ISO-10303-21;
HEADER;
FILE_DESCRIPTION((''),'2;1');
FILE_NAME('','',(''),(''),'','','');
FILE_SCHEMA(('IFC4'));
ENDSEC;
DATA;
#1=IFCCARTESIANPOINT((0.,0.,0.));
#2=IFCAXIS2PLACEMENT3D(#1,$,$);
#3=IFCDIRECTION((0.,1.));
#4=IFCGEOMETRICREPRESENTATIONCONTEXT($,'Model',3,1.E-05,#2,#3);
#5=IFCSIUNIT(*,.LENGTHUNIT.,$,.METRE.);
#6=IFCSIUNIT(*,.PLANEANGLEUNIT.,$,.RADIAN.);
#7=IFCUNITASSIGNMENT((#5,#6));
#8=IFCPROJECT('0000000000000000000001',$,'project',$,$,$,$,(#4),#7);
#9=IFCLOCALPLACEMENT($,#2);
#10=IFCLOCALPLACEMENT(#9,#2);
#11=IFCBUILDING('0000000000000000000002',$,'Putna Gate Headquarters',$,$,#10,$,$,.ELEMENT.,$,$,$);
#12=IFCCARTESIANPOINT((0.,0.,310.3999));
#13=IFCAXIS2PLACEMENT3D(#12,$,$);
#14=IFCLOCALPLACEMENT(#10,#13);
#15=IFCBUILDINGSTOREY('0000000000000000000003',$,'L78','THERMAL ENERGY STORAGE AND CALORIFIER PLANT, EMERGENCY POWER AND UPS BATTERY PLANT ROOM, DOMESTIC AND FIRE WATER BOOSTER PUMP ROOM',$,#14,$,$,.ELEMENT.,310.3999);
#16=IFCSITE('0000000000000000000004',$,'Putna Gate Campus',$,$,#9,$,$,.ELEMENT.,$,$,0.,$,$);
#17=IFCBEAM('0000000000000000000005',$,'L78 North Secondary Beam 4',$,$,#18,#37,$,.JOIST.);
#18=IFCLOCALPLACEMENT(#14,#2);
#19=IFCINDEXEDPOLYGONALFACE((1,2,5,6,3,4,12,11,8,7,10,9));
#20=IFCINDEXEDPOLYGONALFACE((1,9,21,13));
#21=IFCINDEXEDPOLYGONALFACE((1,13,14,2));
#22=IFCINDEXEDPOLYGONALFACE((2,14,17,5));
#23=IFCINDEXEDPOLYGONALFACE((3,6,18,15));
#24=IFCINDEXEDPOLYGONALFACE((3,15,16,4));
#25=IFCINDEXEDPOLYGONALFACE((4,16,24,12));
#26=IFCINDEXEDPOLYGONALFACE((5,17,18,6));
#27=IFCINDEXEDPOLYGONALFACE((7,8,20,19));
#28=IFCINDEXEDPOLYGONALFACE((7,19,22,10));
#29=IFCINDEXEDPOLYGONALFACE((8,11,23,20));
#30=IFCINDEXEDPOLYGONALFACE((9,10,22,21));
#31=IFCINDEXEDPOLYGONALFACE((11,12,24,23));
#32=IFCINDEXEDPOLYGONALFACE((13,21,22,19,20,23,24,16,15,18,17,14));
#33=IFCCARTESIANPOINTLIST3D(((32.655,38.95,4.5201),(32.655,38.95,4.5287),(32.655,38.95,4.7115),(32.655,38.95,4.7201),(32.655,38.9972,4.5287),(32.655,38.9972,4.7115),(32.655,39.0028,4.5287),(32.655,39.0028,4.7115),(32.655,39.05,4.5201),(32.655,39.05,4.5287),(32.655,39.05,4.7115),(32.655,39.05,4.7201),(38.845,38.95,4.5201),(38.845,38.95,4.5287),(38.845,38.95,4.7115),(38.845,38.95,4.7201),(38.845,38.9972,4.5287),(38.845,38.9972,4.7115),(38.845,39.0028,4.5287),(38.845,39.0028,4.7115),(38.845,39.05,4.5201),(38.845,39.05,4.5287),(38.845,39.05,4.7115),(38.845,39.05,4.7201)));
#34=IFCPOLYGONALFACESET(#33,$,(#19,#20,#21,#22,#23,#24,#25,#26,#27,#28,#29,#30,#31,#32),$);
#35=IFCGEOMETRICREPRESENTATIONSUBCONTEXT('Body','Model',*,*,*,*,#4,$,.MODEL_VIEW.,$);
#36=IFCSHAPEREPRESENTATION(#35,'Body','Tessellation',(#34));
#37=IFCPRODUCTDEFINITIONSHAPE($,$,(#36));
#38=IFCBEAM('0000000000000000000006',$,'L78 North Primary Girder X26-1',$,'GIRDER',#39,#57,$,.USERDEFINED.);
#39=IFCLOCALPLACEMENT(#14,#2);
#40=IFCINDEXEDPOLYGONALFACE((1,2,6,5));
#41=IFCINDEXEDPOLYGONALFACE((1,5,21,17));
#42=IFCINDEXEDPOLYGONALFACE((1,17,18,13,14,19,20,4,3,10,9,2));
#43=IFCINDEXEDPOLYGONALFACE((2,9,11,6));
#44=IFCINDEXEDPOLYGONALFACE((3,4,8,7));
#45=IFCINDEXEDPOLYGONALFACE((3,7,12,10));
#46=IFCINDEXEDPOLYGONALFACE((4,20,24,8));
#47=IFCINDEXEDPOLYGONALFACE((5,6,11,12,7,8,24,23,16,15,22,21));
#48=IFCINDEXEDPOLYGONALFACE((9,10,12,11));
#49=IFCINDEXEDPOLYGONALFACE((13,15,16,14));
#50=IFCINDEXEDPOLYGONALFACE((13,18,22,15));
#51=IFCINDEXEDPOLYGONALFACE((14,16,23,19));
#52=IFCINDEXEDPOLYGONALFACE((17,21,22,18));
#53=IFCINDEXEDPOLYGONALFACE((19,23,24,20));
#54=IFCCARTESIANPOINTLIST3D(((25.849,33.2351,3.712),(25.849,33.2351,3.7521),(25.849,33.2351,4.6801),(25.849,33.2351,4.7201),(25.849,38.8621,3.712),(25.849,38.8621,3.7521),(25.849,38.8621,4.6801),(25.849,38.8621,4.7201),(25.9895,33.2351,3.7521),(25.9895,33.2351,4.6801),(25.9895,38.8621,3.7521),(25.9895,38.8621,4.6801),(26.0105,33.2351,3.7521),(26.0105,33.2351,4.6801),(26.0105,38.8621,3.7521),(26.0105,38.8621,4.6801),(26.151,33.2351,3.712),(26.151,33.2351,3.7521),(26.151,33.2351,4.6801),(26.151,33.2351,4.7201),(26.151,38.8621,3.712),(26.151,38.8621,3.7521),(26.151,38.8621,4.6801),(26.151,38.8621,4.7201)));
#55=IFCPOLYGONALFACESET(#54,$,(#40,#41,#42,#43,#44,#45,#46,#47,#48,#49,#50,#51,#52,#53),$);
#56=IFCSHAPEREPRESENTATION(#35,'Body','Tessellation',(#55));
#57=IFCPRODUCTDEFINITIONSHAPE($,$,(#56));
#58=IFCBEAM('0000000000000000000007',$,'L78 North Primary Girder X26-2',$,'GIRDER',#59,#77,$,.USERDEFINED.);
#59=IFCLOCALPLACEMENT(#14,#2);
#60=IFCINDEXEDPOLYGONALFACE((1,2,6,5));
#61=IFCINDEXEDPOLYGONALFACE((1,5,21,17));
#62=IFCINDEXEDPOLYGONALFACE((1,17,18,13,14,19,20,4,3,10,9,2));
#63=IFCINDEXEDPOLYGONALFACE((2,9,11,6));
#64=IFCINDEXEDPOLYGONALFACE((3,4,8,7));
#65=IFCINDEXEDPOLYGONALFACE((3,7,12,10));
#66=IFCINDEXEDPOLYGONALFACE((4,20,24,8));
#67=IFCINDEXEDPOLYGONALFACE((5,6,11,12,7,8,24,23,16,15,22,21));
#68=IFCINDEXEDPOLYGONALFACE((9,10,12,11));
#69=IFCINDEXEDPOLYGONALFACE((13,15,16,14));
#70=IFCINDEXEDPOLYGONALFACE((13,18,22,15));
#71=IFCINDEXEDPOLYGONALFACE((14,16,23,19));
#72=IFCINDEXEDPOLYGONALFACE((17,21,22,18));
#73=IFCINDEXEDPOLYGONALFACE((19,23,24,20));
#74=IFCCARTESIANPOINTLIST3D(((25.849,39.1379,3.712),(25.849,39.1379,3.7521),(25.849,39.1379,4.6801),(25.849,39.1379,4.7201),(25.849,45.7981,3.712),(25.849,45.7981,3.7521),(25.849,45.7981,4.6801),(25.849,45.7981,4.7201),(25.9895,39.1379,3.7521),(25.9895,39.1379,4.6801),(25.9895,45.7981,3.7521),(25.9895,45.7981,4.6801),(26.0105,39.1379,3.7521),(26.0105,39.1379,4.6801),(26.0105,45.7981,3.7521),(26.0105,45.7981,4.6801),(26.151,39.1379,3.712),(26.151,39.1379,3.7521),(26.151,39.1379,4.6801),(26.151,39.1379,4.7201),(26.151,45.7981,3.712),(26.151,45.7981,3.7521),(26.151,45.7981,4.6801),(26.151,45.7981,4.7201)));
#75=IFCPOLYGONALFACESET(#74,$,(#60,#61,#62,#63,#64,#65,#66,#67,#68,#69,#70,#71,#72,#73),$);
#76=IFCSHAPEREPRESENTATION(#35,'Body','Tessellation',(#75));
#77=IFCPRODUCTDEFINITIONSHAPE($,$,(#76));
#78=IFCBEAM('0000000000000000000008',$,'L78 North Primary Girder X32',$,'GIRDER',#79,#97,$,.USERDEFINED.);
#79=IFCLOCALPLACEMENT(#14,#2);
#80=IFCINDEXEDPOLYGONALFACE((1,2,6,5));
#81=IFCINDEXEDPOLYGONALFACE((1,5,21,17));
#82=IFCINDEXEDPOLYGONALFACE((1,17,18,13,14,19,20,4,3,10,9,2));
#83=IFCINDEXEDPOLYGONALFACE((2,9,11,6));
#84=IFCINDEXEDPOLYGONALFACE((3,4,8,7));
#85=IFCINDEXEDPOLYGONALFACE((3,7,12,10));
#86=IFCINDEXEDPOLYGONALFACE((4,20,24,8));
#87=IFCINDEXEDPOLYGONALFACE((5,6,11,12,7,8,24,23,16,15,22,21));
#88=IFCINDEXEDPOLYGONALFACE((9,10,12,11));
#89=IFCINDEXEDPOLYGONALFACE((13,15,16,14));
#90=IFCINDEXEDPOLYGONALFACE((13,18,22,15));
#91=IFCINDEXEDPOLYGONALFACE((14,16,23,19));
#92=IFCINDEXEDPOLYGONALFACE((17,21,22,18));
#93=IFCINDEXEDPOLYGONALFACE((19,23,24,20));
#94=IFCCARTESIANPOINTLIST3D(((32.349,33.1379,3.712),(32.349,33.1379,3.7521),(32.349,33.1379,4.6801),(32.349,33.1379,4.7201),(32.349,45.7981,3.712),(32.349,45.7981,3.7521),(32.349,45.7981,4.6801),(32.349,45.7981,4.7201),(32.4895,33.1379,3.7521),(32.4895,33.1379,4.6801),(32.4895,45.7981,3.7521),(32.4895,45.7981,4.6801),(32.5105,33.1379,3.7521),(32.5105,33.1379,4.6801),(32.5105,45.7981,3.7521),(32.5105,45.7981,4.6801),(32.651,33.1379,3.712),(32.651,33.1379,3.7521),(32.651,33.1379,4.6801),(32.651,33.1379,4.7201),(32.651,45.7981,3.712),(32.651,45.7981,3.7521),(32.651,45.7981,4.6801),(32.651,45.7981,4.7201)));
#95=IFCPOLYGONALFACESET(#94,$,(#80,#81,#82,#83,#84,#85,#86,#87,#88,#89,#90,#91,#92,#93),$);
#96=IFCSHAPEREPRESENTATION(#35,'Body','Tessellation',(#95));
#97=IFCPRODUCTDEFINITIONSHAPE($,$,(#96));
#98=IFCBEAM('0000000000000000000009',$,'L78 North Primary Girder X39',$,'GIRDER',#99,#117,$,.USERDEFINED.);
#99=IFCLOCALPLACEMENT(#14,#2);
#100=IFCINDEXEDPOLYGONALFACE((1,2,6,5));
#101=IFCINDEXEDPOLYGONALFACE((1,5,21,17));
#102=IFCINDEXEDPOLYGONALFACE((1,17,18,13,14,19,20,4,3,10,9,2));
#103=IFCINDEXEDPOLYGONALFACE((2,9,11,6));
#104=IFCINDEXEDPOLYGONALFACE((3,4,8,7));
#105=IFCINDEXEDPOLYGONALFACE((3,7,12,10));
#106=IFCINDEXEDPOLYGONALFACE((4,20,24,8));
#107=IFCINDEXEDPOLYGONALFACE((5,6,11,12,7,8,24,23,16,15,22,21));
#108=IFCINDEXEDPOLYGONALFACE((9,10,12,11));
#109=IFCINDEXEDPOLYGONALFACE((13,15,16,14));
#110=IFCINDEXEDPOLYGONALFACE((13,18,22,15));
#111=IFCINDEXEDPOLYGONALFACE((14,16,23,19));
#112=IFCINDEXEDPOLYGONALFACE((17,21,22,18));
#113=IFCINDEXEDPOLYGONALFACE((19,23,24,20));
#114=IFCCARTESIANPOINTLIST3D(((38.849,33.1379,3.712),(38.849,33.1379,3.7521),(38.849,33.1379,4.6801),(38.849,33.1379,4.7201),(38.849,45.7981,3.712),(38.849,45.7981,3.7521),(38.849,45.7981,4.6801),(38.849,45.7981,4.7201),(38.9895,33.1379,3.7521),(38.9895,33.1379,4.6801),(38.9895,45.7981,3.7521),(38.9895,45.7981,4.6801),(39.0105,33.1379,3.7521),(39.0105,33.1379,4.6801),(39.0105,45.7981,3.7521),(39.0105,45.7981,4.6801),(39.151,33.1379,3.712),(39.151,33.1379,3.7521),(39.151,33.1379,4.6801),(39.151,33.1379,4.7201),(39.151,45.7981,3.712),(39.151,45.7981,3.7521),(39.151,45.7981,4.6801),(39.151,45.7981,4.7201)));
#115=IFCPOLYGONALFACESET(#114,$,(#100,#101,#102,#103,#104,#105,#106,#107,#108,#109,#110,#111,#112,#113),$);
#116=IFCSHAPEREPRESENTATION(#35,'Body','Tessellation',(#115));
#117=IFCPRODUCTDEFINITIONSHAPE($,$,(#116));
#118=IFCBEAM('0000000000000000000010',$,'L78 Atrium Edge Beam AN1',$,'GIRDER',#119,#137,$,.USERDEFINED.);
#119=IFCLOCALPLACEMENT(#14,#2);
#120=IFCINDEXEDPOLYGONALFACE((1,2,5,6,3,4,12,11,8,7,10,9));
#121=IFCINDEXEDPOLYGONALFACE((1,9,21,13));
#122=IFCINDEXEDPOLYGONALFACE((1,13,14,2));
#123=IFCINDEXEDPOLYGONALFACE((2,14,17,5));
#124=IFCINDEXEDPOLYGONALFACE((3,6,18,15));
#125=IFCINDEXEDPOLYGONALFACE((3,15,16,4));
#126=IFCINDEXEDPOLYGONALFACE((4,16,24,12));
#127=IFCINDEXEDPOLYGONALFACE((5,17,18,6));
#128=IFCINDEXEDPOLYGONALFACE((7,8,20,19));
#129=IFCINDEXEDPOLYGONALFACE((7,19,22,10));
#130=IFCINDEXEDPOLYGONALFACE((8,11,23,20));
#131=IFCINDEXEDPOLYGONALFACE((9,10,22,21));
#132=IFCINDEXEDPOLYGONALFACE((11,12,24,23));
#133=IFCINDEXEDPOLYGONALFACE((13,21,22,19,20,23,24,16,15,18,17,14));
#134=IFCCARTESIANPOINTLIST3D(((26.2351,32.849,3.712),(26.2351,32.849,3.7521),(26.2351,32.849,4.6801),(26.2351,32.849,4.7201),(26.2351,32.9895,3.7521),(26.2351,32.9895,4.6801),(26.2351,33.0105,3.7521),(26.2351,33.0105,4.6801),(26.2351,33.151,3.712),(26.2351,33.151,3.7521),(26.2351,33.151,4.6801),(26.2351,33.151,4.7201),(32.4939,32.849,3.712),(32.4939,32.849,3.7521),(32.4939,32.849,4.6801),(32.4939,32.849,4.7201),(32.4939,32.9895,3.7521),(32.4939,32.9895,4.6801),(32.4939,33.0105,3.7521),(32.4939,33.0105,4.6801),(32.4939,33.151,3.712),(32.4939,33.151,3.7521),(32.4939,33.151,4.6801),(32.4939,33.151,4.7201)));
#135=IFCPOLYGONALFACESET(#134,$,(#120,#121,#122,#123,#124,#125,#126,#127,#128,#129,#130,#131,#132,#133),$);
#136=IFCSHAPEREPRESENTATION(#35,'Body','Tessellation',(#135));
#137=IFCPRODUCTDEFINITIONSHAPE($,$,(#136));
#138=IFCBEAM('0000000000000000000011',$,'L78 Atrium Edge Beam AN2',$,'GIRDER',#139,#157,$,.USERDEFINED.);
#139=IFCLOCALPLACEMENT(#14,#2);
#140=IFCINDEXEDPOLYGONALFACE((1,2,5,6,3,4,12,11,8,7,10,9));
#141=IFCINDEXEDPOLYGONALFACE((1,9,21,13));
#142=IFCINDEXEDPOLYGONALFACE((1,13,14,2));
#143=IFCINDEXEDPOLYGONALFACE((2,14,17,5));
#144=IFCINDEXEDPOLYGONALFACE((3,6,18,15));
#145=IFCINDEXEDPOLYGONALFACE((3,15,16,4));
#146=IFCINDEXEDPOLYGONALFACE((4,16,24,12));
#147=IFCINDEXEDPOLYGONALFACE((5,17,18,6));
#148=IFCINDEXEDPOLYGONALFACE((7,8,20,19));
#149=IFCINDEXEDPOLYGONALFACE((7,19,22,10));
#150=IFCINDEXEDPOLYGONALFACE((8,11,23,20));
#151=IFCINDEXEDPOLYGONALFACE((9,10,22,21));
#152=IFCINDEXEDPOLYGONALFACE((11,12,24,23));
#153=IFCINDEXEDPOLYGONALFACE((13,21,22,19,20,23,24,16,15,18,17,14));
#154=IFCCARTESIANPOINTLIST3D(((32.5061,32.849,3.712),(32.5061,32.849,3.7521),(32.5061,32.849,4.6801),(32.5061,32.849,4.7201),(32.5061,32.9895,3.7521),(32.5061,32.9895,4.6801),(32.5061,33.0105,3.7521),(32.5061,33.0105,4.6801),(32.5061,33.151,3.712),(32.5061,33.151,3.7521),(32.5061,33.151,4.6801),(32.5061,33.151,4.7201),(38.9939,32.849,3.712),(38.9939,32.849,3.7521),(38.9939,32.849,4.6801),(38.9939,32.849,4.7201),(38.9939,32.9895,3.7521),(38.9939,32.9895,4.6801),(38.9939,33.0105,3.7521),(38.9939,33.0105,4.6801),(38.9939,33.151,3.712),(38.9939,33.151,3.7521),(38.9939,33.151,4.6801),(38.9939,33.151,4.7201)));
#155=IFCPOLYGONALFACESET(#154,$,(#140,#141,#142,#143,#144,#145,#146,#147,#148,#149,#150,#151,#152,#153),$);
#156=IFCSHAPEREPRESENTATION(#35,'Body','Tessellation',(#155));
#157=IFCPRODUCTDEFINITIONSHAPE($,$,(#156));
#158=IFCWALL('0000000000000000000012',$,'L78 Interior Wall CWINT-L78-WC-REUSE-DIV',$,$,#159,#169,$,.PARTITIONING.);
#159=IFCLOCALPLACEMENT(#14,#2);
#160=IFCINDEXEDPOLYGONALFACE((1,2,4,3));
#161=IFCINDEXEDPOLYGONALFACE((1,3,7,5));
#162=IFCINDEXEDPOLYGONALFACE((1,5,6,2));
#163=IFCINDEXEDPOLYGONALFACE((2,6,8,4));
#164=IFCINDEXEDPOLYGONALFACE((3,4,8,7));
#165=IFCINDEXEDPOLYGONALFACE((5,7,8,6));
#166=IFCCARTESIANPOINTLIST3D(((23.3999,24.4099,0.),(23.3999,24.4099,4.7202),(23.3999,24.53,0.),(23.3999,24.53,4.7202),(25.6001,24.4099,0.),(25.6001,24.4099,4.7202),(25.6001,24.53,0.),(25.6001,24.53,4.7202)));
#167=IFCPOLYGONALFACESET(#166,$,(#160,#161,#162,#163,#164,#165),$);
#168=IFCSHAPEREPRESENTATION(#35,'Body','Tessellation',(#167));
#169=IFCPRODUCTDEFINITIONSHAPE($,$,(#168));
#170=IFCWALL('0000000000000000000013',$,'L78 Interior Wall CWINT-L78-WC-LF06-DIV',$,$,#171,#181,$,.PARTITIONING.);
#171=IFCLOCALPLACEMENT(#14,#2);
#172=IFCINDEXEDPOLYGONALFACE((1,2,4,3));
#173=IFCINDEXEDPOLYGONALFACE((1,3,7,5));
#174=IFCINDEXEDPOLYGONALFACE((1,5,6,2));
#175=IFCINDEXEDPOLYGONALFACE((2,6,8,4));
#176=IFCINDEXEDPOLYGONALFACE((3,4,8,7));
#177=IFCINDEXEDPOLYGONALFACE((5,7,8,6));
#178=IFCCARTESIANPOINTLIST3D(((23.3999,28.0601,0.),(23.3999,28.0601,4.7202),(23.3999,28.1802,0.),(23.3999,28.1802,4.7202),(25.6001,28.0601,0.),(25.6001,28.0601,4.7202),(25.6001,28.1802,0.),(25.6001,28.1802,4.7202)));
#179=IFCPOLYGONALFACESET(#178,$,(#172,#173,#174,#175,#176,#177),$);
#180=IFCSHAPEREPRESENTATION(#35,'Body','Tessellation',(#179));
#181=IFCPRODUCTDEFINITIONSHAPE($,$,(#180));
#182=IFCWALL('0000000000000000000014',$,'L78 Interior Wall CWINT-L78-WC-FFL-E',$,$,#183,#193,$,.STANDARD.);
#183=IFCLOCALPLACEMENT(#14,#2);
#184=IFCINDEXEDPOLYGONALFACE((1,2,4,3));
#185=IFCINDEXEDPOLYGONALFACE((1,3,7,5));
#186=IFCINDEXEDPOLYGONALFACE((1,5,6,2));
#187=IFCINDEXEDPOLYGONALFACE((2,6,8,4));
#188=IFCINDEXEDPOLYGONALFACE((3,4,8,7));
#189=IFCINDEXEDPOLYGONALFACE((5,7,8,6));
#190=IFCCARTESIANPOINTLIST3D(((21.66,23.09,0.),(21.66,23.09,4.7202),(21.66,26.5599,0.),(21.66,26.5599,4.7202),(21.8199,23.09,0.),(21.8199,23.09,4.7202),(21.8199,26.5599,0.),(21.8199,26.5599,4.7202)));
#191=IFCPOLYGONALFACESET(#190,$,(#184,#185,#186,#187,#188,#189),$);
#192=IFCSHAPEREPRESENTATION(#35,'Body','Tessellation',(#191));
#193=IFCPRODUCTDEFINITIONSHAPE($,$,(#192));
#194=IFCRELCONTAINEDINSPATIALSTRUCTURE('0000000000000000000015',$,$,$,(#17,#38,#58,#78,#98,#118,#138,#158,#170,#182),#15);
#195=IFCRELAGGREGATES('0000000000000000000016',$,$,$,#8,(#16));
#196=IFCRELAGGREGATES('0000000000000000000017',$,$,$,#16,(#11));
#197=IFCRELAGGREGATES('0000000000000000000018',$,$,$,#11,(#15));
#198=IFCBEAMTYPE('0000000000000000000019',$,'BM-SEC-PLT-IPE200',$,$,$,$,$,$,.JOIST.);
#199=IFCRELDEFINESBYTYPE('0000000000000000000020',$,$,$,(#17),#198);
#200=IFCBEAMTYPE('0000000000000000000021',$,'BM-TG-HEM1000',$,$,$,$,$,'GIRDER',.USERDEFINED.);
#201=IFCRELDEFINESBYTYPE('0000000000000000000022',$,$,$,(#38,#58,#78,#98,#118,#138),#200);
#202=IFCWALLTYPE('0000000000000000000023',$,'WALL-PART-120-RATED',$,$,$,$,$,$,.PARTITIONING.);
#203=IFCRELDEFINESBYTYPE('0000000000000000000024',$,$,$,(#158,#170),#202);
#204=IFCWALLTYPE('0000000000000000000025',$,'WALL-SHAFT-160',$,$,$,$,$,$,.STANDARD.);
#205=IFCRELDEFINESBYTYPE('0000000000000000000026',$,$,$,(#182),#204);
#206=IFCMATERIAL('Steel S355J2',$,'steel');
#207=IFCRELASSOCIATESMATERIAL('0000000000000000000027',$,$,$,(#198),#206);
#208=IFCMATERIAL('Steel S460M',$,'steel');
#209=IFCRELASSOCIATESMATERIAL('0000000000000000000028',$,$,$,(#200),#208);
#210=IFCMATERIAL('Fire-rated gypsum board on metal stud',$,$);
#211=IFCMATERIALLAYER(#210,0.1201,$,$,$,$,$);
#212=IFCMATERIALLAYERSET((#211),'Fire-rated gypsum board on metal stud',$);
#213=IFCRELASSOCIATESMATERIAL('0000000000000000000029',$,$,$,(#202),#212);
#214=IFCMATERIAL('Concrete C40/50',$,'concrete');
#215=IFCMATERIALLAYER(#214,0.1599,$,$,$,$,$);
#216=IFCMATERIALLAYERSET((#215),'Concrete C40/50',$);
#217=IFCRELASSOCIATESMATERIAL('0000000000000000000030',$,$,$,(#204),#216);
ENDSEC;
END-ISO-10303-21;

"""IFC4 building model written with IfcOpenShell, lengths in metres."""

from ifc_helpers import new_model, si_unit, direction, frame, frame_2d, origin, origin_2d, place, context, subcontext, project, spatial, rectangle, i_section, extrude, material, layer, layer_set, material_profile, profile_set, type_object, element, save


model = new_model("IFC4")

# Units and contexts
model_context = context("Model", 3, precision=1e-05, world=origin(), true_north=direction((0.0, 1.0)))
body_context = subcontext(model_context, "Body", "Model", "MODEL_VIEW")
ifc_project = project(units=[si_unit("LENGTHUNIT", "METRE"), si_unit("PLANEANGLEUNIT", "RADIAN")], contexts=[model_context])

# Site, building, storey
site_placement = place(None, origin())
site = spatial("IfcSite", under=ifc_project, at=site_placement, Name="Putna Gate Campus", CompositionType="ELEMENT", RefElevation=0.0)
building_placement = place(site_placement, origin())
building = spatial("IfcBuilding", under=site, at=building_placement, Name="Putna Gate Headquarters", CompositionType="ELEMENT")
storey_placement = place(building_placement, frame((0.0, 0.0, 310.3999)))
storey = spatial("IfcBuildingStorey", under=building, at=storey_placement, Name="L78", Description="THERMAL ENERGY STORAGE AND CALORIFIER PLANT, EMERGENCY POWER AND UPS BATTERY PLANT ROOM, DOMESTIC AND FIRE WATER BOOSTER PUMP ROOM", CompositionType="ELEMENT", Elevation=310.3999)

# Shared definitions
ifc_material_1 = material(Name="Steel S460M", Category="steel")

# Beams
ifc_material_2 = material(Name="Steel S355J2", Category="steel")
ifc_material_profile_1 = material_profile(ifc_material_2, i_section(OverallWidth=0.1001, OverallDepth=0.2, WebThickness=0.0056, FlangeThickness=0.0085, at=origin_2d()), Name="Steel S355J2")
ifc_profile_set_1 = profile_set([ifc_material_profile_1], Name="Steel S355J2")
beam_type_1 = type_object("IfcBeamType", Name="BM-SEC-PLT-IPE200", PredefinedType="JOIST", material=ifc_profile_set_1)
for number, where, z_axis, x_axis, name in (
    (1, (32.655, 39.0, 4.6201), (1.0, 0.0, 0.0), (0.0, 1.0, 0.0), "L78 North Secondary Beam 4"),
):
    element("IfcBeam", number, at=place(storey_placement, frame(where, z_axis=z_axis, x_axis=x_axis)), inside=storey, type_object=beam_type_1, Name=name, PredefinedType="JOIST", context=body_context, shape_type="SweptSolid", body=[
        extrude(i_section(OverallWidth=0.1001, OverallDepth=0.2, WebThickness=0.0056, FlangeThickness=0.0085, at=origin_2d()), origin(), (0.0, 0.0, 1.0), 6.1899),
    ])
ifc_material_profile_2 = material_profile(ifc_material_1, i_section(OverallWidth=0.302, OverallDepth=1.0081, WebThickness=0.021, FlangeThickness=0.04, at=origin_2d()), Name="Steel S460M")
ifc_profile_set_2 = profile_set([ifc_material_profile_2], Name="Steel S460M")
beam_type_2 = type_object("IfcBeamType", Name="BM-TG-HEM1000", ElementType="GIRDER", PredefinedType="USERDEFINED", material=ifc_profile_set_2)
beam_1_placement = place(storey_placement, frame((26.0, 33.2351, 4.2161), z_axis=(0.0, 1.0, 0.0), x_axis=(-1.0, 0.0, 0.0)))
element("IfcBeam", 2, at=beam_1_placement, inside=storey, type_object=beam_type_2, Name="L78 North Primary Girder X26-1", ObjectType="GIRDER", PredefinedType="USERDEFINED", context=body_context, shape_type="SweptSolid", body=[
    extrude(i_section(OverallWidth=0.302, OverallDepth=1.0081, WebThickness=0.021, FlangeThickness=0.04, at=origin_2d()), origin(), (0.0, 0.0, 1.0), 5.627),
])
beam_2_placement = place(storey_placement, frame((26.0, 39.1379, 4.2161), z_axis=(0.0, 1.0, 0.0), x_axis=(-1.0, 0.0, 0.0)))
element("IfcBeam", 3, at=beam_2_placement, inside=storey, type_object=beam_type_2, Name="L78 North Primary Girder X26-2", ObjectType="GIRDER", PredefinedType="USERDEFINED", context=body_context, shape_type="SweptSolid", body=[
    extrude(i_section(OverallWidth=0.302, OverallDepth=1.0081, WebThickness=0.021, FlangeThickness=0.04, at=origin_2d()), origin(), (0.0, 0.0, 1.0), 6.6602),
])
for number, where, z_axis, x_axis, name in (
    (4, (32.5, 33.1379, 4.2161), (0.0, 1.0, 0.0), (-1.0, 0.0, 0.0), "L78 North Primary Girder X32"),
    (5, (39.0, 33.1379, 4.2161), (0.0, 1.0, 0.0), (-1.0, 0.0, 0.0), "L78 North Primary Girder X39"),
):
    element("IfcBeam", number, at=place(storey_placement, frame(where, z_axis=z_axis, x_axis=x_axis)), inside=storey, type_object=beam_type_2, Name=name, ObjectType="GIRDER", PredefinedType="USERDEFINED", context=body_context, shape_type="SweptSolid", body=[
        extrude(i_section(OverallWidth=0.302, OverallDepth=1.0081, WebThickness=0.021, FlangeThickness=0.04, at=origin_2d()), origin(), (0.0, 0.0, 1.0), 12.6602),
    ])
beam_3_placement = place(storey_placement, frame((26.2351, 33.0, 4.2161), z_axis=(1.0, 0.0, 0.0), x_axis=(0.0, 1.0, 0.0)))
element("IfcBeam", 6, at=beam_3_placement, inside=storey, type_object=beam_type_2, Name="L78 Atrium Edge Beam AN1", ObjectType="GIRDER", PredefinedType="USERDEFINED", context=body_context, shape_type="SweptSolid", body=[
    extrude(i_section(OverallWidth=0.302, OverallDepth=1.0081, WebThickness=0.021, FlangeThickness=0.04, at=origin_2d()), origin(), (0.0, 0.0, 1.0), 6.2588),
])
beam_4_placement = place(storey_placement, frame((32.5061, 33.0, 4.2161), z_axis=(1.0, 0.0, 0.0), x_axis=(0.0, 1.0, 0.0)))
element("IfcBeam", 7, at=beam_4_placement, inside=storey, type_object=beam_type_2, Name="L78 Atrium Edge Beam AN2", ObjectType="GIRDER", PredefinedType="USERDEFINED", context=body_context, shape_type="SweptSolid", body=[
    extrude(i_section(OverallWidth=0.302, OverallDepth=1.0081, WebThickness=0.021, FlangeThickness=0.04, at=origin_2d()), origin(), (0.0, 0.0, 1.0), 6.4878),
])

# Walls
ifc_material_3 = material(Name="Fire-rated gypsum board on metal stud")
ifc_layer_1 = layer(ifc_material_3, 0.1201)
ifc_layer_set_1 = layer_set([ifc_layer_1], Name="Fire-rated gypsum board on metal stud")
wall_type_1 = type_object("IfcWallType", Name="WALL-PART-120-RATED", PredefinedType="PARTITIONING", material=ifc_layer_set_1)
for number, where, z_axis, x_axis, name in (
    (8, (23.3999, 24.47, 0.0), (0.0, 0.0, 1.0), (1.0, 0.0, 0.0), "L78 Interior Wall CWINT-L78-WC-REUSE-DIV"),
    (9, (23.3999, 28.1201, 0.0), (0.0, 0.0, 1.0), (1.0, 0.0, 0.0), "L78 Interior Wall CWINT-L78-WC-LF06-DIV"),
):
    element("IfcWall", number, at=place(storey_placement, frame(where, z_axis=z_axis, x_axis=x_axis)), inside=storey, type_object=wall_type_1, Name=name, PredefinedType="PARTITIONING", context=body_context, shape_type="SweptSolid", body=[
        extrude(rectangle(XDim=2.2002, YDim=0.1201, at=frame_2d((1.1001, 0.0))), origin(), (0.0, 0.0, 1.0), 4.7202),
    ])
ifc_material_4 = material(Name="Concrete C40/50", Category="concrete")
ifc_layer_2 = layer(ifc_material_4, 0.1599)
ifc_layer_set_2 = layer_set([ifc_layer_2], Name="Concrete C40/50")
wall_type_2 = type_object("IfcWallType", Name="WALL-SHAFT-160", PredefinedType="STANDARD", material=ifc_layer_set_2)
wall_1_placement = place(storey_placement, frame((21.74, 23.0901, 0.0), z_axis=(0.0, 0.0, 1.0), x_axis=(0.0, 1.0, 0.0)))
element("IfcWall", 10, at=wall_1_placement, inside=storey, type_object=wall_type_2, Name="L78 Interior Wall CWINT-L78-WC-FFL-E", PredefinedType="STANDARD", context=body_context, shape_type="SweptSolid", body=[
    extrude(rectangle(XDim=3.47, YDim=0.1599, at=frame_2d((1.7349, 0.0))), origin(), (0.0, 0.0, 1.0), 4.7202),
])

save(model, "model.ifc")
